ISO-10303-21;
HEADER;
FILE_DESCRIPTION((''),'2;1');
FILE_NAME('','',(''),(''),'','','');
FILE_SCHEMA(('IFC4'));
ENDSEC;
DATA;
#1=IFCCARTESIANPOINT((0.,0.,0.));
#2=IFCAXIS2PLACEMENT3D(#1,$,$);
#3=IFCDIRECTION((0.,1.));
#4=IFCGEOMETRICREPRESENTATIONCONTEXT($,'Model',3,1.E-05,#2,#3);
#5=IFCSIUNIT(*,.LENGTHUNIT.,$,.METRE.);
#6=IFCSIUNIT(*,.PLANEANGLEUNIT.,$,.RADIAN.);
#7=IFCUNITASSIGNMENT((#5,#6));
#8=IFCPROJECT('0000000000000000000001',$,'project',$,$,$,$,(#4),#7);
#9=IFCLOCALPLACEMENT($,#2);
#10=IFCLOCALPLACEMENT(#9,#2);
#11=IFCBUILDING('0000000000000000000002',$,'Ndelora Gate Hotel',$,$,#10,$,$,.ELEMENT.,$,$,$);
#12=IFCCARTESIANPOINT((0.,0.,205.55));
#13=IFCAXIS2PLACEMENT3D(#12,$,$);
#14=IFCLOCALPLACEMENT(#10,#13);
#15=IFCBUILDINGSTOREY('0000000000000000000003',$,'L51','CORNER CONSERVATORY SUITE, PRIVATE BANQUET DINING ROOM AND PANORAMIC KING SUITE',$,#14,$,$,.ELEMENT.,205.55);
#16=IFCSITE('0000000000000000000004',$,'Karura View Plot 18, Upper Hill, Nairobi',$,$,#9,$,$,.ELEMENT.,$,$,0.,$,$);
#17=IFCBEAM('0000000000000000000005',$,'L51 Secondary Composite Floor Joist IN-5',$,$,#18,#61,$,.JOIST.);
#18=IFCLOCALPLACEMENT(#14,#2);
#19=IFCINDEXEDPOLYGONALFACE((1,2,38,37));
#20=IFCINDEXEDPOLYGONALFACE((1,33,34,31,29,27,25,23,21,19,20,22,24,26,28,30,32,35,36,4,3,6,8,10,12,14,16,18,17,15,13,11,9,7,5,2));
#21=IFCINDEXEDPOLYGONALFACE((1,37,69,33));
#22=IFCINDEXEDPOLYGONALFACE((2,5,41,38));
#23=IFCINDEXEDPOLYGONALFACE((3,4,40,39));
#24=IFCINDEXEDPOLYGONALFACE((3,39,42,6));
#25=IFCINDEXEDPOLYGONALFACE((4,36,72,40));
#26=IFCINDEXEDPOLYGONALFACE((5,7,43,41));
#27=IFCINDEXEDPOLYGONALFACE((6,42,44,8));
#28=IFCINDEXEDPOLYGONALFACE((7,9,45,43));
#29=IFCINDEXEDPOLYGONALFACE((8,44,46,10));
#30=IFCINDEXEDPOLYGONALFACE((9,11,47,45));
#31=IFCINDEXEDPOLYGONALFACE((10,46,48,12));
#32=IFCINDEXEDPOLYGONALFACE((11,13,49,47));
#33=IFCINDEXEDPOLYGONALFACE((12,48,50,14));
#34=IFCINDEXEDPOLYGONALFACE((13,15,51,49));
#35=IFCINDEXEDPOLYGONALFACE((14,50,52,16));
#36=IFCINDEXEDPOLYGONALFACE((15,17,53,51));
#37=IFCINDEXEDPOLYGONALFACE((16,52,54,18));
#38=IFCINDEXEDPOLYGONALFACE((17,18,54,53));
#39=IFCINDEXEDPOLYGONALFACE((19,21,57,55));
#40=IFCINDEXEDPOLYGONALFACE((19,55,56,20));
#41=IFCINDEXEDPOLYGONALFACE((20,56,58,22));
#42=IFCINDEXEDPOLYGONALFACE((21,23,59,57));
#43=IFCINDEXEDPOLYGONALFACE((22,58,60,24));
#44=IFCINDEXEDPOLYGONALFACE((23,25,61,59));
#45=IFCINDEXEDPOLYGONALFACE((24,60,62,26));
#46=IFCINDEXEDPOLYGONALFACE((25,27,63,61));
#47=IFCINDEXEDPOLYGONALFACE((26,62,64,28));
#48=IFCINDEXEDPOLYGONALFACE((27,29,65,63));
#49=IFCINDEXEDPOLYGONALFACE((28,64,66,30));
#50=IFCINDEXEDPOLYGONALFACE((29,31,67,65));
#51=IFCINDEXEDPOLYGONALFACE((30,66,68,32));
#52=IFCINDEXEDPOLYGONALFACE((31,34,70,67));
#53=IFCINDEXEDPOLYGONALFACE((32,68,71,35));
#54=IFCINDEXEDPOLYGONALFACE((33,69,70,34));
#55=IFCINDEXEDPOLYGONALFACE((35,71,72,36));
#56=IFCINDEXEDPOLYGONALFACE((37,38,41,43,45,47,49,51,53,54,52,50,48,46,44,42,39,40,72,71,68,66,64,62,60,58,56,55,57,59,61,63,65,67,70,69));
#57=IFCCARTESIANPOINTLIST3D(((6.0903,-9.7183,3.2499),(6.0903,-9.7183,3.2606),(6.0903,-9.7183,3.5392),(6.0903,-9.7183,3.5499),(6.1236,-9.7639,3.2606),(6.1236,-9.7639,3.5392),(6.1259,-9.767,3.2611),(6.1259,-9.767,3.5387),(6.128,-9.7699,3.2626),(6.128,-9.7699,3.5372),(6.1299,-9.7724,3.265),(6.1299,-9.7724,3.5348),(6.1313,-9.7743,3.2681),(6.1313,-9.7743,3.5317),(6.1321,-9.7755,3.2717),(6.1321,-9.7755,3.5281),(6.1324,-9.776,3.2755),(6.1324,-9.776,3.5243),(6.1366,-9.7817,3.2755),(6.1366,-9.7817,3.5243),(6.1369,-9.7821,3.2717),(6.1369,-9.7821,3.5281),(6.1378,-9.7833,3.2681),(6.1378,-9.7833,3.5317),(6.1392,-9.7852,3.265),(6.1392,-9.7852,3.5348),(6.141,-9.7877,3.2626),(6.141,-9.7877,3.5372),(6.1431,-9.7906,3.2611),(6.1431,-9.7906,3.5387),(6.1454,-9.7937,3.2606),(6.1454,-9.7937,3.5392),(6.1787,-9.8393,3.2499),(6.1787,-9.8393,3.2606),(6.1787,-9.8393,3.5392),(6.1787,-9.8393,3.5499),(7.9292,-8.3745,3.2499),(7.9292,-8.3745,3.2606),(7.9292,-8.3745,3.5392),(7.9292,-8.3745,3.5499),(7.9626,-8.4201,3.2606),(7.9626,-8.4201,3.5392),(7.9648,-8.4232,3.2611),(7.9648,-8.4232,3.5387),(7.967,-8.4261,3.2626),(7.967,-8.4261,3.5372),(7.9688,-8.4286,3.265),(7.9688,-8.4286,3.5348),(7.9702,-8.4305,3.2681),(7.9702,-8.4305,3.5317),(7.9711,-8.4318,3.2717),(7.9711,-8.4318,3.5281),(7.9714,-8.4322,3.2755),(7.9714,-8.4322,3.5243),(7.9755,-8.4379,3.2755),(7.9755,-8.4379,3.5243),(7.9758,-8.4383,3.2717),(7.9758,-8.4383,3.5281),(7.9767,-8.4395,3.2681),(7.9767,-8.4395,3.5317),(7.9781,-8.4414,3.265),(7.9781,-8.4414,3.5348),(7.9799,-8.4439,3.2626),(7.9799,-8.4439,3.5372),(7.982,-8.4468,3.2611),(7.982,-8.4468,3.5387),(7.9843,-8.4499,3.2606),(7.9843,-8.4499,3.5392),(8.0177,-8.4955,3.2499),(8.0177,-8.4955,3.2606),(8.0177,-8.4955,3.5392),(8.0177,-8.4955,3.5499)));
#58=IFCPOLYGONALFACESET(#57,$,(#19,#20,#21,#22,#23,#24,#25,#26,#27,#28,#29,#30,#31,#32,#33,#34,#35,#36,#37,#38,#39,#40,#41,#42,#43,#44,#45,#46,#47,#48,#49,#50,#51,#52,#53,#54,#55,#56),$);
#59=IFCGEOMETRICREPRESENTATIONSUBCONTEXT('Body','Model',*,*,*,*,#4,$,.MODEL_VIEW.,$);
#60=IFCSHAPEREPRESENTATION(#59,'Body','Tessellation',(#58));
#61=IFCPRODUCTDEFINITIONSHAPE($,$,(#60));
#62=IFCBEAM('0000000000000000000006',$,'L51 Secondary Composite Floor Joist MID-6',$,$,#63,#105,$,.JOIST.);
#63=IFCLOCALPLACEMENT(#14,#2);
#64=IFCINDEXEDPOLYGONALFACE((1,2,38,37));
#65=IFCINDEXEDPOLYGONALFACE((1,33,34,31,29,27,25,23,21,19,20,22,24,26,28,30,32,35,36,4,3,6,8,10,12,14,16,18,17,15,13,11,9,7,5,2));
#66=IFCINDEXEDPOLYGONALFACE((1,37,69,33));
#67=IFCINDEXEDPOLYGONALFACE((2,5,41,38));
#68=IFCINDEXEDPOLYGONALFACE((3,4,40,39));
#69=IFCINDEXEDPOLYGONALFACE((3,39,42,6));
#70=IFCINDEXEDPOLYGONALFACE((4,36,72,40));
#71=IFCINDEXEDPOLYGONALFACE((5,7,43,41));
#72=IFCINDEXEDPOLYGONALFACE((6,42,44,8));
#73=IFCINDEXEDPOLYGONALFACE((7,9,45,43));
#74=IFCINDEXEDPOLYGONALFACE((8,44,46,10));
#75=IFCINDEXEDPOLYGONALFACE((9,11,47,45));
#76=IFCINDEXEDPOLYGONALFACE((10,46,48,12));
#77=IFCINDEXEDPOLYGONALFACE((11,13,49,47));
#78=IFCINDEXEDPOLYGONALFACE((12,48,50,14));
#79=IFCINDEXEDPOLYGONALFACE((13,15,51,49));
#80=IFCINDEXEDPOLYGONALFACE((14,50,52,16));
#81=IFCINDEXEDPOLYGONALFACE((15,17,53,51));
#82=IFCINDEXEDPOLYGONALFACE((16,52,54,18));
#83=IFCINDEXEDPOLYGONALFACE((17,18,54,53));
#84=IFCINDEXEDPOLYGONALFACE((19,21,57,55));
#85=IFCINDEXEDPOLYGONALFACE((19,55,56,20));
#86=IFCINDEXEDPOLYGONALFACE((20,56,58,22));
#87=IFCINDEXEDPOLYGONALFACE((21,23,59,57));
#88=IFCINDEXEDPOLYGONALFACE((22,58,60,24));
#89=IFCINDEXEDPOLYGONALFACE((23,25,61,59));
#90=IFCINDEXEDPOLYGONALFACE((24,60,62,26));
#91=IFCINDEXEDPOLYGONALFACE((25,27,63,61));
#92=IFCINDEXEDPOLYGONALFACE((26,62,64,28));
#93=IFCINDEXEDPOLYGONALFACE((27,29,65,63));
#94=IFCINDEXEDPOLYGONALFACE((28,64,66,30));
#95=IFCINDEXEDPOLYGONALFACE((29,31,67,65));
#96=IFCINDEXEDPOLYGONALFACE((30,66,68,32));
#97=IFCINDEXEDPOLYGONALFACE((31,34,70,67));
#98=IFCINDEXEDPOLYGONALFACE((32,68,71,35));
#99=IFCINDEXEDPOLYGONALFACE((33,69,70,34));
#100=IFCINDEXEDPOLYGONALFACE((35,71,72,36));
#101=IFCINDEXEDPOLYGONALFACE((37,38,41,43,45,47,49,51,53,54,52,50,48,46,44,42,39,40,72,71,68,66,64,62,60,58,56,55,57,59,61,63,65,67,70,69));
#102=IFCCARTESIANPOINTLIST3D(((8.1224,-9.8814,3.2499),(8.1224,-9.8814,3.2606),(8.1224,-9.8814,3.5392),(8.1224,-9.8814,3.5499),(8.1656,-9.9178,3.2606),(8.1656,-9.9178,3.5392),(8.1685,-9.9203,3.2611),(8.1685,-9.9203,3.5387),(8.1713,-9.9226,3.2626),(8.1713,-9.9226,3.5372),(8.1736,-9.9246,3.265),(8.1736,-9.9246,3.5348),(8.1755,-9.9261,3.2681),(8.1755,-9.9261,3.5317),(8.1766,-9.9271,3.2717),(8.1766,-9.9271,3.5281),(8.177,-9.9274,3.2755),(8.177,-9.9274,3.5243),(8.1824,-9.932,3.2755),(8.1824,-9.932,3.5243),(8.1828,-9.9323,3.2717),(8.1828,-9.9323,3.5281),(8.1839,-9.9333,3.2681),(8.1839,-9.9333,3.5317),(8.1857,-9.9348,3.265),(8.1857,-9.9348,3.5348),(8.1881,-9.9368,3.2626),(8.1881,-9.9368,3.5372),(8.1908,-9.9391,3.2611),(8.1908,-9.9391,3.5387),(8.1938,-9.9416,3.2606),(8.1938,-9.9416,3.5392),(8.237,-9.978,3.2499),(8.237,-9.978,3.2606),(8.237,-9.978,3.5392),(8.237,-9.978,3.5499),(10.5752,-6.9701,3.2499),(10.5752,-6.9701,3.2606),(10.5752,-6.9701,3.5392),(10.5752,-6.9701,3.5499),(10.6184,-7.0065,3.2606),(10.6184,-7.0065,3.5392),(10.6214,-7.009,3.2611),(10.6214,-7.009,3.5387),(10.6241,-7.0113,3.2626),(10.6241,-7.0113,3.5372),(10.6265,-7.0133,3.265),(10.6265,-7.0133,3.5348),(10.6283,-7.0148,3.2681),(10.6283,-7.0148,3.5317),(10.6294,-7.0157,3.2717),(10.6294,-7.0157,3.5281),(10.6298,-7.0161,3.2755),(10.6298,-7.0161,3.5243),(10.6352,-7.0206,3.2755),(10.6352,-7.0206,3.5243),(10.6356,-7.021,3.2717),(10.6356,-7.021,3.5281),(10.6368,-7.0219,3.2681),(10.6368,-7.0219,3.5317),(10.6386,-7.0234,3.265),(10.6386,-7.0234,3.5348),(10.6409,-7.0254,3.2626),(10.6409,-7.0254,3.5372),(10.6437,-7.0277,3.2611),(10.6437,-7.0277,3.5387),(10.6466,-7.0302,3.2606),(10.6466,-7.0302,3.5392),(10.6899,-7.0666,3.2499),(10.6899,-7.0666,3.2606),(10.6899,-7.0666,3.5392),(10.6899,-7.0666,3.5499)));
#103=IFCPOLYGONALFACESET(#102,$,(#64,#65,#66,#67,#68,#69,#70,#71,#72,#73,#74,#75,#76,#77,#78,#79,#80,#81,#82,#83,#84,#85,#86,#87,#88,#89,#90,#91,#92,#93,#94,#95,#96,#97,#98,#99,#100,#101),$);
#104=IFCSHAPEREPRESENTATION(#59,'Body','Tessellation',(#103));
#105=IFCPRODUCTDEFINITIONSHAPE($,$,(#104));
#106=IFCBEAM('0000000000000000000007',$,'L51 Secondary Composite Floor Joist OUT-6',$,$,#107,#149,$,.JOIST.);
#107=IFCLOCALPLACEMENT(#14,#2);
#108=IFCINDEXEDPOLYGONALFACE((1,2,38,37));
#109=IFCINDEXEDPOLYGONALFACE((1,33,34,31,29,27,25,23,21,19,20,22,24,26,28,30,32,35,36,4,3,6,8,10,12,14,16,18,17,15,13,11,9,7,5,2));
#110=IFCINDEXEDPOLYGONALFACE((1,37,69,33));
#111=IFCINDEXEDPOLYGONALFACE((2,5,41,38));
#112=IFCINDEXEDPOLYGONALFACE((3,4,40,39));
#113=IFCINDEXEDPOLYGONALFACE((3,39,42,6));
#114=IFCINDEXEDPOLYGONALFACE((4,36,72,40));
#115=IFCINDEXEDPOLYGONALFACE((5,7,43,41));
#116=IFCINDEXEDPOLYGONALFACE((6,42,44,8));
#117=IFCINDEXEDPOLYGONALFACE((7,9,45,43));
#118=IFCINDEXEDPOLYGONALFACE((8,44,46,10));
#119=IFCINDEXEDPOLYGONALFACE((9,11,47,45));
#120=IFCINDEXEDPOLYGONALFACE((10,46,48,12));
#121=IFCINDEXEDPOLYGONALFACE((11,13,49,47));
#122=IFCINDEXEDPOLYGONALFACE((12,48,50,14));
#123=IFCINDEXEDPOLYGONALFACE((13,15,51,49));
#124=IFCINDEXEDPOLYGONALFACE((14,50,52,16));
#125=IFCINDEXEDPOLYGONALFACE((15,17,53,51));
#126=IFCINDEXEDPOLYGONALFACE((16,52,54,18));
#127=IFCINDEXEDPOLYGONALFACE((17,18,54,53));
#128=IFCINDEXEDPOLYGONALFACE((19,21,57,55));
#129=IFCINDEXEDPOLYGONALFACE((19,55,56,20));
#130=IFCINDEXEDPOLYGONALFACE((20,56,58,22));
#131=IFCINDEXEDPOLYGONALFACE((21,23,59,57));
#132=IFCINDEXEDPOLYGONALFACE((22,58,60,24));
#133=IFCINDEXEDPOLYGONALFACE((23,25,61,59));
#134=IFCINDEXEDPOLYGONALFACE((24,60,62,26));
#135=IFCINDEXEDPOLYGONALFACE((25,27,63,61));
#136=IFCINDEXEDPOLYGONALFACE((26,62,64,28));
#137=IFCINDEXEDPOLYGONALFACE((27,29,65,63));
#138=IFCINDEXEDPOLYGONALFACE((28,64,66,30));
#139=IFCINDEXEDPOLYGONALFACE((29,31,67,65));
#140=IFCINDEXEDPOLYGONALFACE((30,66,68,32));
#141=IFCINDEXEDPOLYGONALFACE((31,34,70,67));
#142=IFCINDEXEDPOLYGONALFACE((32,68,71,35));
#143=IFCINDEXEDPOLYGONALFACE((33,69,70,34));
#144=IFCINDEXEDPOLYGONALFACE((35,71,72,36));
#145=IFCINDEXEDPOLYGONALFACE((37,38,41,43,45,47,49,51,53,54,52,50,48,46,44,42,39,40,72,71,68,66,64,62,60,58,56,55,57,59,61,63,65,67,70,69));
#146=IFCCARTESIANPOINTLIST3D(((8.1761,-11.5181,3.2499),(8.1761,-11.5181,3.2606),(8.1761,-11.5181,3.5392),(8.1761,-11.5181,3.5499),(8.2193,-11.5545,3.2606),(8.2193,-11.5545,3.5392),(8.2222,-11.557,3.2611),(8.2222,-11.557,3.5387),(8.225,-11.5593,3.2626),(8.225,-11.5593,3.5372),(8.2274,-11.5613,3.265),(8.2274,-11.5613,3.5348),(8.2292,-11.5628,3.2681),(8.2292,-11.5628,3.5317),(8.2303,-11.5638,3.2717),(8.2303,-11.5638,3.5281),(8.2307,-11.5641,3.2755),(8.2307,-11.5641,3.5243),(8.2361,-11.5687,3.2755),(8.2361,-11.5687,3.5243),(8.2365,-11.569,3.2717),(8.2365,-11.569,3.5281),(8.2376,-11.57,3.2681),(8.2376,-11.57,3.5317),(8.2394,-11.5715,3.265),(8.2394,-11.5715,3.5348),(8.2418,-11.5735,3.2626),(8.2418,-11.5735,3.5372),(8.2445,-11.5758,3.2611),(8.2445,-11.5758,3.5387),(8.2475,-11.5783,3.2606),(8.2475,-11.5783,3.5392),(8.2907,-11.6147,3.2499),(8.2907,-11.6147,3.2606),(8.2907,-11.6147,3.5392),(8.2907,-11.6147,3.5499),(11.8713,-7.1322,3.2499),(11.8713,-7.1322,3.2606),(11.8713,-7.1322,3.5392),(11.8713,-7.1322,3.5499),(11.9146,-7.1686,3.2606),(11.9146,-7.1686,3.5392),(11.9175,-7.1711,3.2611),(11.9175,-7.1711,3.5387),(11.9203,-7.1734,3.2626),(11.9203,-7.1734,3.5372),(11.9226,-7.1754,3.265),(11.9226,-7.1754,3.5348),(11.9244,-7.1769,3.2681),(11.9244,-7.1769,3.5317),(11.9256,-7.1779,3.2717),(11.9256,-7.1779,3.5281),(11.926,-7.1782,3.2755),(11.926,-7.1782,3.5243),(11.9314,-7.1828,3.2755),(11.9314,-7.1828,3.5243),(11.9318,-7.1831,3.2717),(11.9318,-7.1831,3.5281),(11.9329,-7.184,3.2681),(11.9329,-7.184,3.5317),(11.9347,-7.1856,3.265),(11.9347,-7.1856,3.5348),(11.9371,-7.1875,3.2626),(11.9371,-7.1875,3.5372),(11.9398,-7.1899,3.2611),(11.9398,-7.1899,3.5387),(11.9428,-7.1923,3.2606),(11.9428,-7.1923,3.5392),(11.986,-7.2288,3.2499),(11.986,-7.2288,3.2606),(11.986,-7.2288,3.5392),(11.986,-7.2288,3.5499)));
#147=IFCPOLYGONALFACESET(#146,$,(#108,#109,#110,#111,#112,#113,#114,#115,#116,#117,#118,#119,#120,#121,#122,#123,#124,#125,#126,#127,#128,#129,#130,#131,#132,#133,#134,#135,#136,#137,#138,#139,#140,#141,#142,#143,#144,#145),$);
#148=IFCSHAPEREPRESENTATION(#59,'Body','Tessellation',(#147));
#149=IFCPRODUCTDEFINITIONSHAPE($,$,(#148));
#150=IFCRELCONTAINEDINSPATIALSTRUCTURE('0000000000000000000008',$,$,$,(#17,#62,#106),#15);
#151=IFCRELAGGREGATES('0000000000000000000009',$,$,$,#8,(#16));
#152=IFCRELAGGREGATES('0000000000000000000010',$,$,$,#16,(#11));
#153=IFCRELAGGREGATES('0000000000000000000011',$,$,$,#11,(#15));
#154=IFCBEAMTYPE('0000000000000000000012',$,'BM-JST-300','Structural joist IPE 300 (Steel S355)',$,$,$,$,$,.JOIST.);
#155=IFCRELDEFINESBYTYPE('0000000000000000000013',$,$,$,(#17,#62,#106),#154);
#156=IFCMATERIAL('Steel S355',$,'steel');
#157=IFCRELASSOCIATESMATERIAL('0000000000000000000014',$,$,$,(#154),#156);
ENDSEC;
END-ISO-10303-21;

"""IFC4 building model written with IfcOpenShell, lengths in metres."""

from ifc_helpers import new_model, si_unit, direction, frame, origin, origin_2d, place, context, subcontext, project, spatial, i_section, extrude, material, material_profile, profile_set, type_object, element, save


model = new_model("IFC4")

# Units and contexts
model_context = context("Model", 3, precision=1e-05, world=origin(), true_north=direction((0.0, 1.0)))
body_context = subcontext(model_context, "Body", "Model", "MODEL_VIEW")
ifc_project = project(units=[si_unit("LENGTHUNIT", "METRE"), si_unit("PLANEANGLEUNIT", "RADIAN")], contexts=[model_context])

# Site, building, storey
site_placement = place(None, origin())
site = spatial("IfcSite", under=ifc_project, at=site_placement, Name="Karura View Plot 18, Upper Hill, Nairobi", CompositionType="ELEMENT", RefElevation=0.0)
building_placement = place(site_placement, origin())
building = spatial("IfcBuilding", under=site, at=building_placement, Name="Ndelora Gate Hotel", CompositionType="ELEMENT")
storey_placement = place(building_placement, frame((0.0, 0.0, 205.55)))
storey = spatial("IfcBuildingStorey", under=building, at=storey_placement, Name="L51", Description="CORNER CONSERVATORY SUITE, PRIVATE BANQUET DINING ROOM AND PANORAMIC KING SUITE", CompositionType="ELEMENT", Elevation=205.55)

# Beams
ifc_material_1 = material(Name="Steel S355", Category="steel")
ifc_material_profile_1 = material_profile(ifc_material_1, i_section(OverallWidth=0.1499, OverallDepth=0.3, WebThickness=0.0071, FlangeThickness=0.0107, FilletRadius=0.0149, at=origin_2d()), Name="IPE 300")
ifc_profile_set_1 = profile_set([ifc_material_profile_1], Name="Steel S355")
beam_type = type_object("IfcBeamType", Name="BM-JST-300", Description="Structural joist IPE 300 (Steel S355)", PredefinedType="JOIST", material=ifc_profile_set_1)
beam_1_placement = place(storey_placement, frame((6.1345, -9.7788, 3.3999), z_axis=(0.807399, 0.590006, 0.0), x_axis=(-0.590006, 0.807399, 0.0)))
element("IfcBeam", 1, at=beam_1_placement, inside=storey, type_object=beam_type, Name="L51 Secondary Composite Floor Joist IN-5", PredefinedType="JOIST", context=body_context, shape_type="SweptSolid", body=[
    extrude(i_section(OverallWidth=0.1499, OverallDepth=0.3, WebThickness=0.0071, FlangeThickness=0.0107, FilletRadius=0.0149, at=origin_2d()), origin(), (0.0, 0.0, 1.0), 2.2776),
])
beam_2_placement = place(storey_placement, frame((8.1797, -9.9297, 3.3999), z_axis=(0.644319, 0.764757, 0.0), x_axis=(-0.764757, 0.644319, 0.0)))
element("IfcBeam", 2, at=beam_2_placement, inside=storey, type_object=beam_type, Name="L51 Secondary Composite Floor Joist MID-6", PredefinedType="JOIST", context=body_context, shape_type="SweptSolid", body=[
    extrude(i_section(OverallWidth=0.1499, OverallDepth=0.3, WebThickness=0.0071, FlangeThickness=0.0107, FilletRadius=0.0149, at=origin_2d()), origin(), (0.0, 0.0, 1.0), 3.8069),
])
beam_3_placement = place(storey_placement, frame((8.2334, -11.5664, 3.3999), z_axis=(0.644324, 0.764752, 0.0), x_axis=(-0.764752, 0.644324, 0.0)))
element("IfcBeam", 3, at=beam_3_placement, inside=storey, type_object=beam_type, Name="L51 Secondary Composite Floor Joist OUT-6", PredefinedType="JOIST", context=body_context, shape_type="SweptSolid", body=[
    extrude(i_section(OverallWidth=0.1499, OverallDepth=0.3, WebThickness=0.0071, FlangeThickness=0.0107, FilletRadius=0.0149, at=origin_2d()), origin(), (0.0, 0.0, 1.0), 5.7351),
])

save(model, "model.ifc")
